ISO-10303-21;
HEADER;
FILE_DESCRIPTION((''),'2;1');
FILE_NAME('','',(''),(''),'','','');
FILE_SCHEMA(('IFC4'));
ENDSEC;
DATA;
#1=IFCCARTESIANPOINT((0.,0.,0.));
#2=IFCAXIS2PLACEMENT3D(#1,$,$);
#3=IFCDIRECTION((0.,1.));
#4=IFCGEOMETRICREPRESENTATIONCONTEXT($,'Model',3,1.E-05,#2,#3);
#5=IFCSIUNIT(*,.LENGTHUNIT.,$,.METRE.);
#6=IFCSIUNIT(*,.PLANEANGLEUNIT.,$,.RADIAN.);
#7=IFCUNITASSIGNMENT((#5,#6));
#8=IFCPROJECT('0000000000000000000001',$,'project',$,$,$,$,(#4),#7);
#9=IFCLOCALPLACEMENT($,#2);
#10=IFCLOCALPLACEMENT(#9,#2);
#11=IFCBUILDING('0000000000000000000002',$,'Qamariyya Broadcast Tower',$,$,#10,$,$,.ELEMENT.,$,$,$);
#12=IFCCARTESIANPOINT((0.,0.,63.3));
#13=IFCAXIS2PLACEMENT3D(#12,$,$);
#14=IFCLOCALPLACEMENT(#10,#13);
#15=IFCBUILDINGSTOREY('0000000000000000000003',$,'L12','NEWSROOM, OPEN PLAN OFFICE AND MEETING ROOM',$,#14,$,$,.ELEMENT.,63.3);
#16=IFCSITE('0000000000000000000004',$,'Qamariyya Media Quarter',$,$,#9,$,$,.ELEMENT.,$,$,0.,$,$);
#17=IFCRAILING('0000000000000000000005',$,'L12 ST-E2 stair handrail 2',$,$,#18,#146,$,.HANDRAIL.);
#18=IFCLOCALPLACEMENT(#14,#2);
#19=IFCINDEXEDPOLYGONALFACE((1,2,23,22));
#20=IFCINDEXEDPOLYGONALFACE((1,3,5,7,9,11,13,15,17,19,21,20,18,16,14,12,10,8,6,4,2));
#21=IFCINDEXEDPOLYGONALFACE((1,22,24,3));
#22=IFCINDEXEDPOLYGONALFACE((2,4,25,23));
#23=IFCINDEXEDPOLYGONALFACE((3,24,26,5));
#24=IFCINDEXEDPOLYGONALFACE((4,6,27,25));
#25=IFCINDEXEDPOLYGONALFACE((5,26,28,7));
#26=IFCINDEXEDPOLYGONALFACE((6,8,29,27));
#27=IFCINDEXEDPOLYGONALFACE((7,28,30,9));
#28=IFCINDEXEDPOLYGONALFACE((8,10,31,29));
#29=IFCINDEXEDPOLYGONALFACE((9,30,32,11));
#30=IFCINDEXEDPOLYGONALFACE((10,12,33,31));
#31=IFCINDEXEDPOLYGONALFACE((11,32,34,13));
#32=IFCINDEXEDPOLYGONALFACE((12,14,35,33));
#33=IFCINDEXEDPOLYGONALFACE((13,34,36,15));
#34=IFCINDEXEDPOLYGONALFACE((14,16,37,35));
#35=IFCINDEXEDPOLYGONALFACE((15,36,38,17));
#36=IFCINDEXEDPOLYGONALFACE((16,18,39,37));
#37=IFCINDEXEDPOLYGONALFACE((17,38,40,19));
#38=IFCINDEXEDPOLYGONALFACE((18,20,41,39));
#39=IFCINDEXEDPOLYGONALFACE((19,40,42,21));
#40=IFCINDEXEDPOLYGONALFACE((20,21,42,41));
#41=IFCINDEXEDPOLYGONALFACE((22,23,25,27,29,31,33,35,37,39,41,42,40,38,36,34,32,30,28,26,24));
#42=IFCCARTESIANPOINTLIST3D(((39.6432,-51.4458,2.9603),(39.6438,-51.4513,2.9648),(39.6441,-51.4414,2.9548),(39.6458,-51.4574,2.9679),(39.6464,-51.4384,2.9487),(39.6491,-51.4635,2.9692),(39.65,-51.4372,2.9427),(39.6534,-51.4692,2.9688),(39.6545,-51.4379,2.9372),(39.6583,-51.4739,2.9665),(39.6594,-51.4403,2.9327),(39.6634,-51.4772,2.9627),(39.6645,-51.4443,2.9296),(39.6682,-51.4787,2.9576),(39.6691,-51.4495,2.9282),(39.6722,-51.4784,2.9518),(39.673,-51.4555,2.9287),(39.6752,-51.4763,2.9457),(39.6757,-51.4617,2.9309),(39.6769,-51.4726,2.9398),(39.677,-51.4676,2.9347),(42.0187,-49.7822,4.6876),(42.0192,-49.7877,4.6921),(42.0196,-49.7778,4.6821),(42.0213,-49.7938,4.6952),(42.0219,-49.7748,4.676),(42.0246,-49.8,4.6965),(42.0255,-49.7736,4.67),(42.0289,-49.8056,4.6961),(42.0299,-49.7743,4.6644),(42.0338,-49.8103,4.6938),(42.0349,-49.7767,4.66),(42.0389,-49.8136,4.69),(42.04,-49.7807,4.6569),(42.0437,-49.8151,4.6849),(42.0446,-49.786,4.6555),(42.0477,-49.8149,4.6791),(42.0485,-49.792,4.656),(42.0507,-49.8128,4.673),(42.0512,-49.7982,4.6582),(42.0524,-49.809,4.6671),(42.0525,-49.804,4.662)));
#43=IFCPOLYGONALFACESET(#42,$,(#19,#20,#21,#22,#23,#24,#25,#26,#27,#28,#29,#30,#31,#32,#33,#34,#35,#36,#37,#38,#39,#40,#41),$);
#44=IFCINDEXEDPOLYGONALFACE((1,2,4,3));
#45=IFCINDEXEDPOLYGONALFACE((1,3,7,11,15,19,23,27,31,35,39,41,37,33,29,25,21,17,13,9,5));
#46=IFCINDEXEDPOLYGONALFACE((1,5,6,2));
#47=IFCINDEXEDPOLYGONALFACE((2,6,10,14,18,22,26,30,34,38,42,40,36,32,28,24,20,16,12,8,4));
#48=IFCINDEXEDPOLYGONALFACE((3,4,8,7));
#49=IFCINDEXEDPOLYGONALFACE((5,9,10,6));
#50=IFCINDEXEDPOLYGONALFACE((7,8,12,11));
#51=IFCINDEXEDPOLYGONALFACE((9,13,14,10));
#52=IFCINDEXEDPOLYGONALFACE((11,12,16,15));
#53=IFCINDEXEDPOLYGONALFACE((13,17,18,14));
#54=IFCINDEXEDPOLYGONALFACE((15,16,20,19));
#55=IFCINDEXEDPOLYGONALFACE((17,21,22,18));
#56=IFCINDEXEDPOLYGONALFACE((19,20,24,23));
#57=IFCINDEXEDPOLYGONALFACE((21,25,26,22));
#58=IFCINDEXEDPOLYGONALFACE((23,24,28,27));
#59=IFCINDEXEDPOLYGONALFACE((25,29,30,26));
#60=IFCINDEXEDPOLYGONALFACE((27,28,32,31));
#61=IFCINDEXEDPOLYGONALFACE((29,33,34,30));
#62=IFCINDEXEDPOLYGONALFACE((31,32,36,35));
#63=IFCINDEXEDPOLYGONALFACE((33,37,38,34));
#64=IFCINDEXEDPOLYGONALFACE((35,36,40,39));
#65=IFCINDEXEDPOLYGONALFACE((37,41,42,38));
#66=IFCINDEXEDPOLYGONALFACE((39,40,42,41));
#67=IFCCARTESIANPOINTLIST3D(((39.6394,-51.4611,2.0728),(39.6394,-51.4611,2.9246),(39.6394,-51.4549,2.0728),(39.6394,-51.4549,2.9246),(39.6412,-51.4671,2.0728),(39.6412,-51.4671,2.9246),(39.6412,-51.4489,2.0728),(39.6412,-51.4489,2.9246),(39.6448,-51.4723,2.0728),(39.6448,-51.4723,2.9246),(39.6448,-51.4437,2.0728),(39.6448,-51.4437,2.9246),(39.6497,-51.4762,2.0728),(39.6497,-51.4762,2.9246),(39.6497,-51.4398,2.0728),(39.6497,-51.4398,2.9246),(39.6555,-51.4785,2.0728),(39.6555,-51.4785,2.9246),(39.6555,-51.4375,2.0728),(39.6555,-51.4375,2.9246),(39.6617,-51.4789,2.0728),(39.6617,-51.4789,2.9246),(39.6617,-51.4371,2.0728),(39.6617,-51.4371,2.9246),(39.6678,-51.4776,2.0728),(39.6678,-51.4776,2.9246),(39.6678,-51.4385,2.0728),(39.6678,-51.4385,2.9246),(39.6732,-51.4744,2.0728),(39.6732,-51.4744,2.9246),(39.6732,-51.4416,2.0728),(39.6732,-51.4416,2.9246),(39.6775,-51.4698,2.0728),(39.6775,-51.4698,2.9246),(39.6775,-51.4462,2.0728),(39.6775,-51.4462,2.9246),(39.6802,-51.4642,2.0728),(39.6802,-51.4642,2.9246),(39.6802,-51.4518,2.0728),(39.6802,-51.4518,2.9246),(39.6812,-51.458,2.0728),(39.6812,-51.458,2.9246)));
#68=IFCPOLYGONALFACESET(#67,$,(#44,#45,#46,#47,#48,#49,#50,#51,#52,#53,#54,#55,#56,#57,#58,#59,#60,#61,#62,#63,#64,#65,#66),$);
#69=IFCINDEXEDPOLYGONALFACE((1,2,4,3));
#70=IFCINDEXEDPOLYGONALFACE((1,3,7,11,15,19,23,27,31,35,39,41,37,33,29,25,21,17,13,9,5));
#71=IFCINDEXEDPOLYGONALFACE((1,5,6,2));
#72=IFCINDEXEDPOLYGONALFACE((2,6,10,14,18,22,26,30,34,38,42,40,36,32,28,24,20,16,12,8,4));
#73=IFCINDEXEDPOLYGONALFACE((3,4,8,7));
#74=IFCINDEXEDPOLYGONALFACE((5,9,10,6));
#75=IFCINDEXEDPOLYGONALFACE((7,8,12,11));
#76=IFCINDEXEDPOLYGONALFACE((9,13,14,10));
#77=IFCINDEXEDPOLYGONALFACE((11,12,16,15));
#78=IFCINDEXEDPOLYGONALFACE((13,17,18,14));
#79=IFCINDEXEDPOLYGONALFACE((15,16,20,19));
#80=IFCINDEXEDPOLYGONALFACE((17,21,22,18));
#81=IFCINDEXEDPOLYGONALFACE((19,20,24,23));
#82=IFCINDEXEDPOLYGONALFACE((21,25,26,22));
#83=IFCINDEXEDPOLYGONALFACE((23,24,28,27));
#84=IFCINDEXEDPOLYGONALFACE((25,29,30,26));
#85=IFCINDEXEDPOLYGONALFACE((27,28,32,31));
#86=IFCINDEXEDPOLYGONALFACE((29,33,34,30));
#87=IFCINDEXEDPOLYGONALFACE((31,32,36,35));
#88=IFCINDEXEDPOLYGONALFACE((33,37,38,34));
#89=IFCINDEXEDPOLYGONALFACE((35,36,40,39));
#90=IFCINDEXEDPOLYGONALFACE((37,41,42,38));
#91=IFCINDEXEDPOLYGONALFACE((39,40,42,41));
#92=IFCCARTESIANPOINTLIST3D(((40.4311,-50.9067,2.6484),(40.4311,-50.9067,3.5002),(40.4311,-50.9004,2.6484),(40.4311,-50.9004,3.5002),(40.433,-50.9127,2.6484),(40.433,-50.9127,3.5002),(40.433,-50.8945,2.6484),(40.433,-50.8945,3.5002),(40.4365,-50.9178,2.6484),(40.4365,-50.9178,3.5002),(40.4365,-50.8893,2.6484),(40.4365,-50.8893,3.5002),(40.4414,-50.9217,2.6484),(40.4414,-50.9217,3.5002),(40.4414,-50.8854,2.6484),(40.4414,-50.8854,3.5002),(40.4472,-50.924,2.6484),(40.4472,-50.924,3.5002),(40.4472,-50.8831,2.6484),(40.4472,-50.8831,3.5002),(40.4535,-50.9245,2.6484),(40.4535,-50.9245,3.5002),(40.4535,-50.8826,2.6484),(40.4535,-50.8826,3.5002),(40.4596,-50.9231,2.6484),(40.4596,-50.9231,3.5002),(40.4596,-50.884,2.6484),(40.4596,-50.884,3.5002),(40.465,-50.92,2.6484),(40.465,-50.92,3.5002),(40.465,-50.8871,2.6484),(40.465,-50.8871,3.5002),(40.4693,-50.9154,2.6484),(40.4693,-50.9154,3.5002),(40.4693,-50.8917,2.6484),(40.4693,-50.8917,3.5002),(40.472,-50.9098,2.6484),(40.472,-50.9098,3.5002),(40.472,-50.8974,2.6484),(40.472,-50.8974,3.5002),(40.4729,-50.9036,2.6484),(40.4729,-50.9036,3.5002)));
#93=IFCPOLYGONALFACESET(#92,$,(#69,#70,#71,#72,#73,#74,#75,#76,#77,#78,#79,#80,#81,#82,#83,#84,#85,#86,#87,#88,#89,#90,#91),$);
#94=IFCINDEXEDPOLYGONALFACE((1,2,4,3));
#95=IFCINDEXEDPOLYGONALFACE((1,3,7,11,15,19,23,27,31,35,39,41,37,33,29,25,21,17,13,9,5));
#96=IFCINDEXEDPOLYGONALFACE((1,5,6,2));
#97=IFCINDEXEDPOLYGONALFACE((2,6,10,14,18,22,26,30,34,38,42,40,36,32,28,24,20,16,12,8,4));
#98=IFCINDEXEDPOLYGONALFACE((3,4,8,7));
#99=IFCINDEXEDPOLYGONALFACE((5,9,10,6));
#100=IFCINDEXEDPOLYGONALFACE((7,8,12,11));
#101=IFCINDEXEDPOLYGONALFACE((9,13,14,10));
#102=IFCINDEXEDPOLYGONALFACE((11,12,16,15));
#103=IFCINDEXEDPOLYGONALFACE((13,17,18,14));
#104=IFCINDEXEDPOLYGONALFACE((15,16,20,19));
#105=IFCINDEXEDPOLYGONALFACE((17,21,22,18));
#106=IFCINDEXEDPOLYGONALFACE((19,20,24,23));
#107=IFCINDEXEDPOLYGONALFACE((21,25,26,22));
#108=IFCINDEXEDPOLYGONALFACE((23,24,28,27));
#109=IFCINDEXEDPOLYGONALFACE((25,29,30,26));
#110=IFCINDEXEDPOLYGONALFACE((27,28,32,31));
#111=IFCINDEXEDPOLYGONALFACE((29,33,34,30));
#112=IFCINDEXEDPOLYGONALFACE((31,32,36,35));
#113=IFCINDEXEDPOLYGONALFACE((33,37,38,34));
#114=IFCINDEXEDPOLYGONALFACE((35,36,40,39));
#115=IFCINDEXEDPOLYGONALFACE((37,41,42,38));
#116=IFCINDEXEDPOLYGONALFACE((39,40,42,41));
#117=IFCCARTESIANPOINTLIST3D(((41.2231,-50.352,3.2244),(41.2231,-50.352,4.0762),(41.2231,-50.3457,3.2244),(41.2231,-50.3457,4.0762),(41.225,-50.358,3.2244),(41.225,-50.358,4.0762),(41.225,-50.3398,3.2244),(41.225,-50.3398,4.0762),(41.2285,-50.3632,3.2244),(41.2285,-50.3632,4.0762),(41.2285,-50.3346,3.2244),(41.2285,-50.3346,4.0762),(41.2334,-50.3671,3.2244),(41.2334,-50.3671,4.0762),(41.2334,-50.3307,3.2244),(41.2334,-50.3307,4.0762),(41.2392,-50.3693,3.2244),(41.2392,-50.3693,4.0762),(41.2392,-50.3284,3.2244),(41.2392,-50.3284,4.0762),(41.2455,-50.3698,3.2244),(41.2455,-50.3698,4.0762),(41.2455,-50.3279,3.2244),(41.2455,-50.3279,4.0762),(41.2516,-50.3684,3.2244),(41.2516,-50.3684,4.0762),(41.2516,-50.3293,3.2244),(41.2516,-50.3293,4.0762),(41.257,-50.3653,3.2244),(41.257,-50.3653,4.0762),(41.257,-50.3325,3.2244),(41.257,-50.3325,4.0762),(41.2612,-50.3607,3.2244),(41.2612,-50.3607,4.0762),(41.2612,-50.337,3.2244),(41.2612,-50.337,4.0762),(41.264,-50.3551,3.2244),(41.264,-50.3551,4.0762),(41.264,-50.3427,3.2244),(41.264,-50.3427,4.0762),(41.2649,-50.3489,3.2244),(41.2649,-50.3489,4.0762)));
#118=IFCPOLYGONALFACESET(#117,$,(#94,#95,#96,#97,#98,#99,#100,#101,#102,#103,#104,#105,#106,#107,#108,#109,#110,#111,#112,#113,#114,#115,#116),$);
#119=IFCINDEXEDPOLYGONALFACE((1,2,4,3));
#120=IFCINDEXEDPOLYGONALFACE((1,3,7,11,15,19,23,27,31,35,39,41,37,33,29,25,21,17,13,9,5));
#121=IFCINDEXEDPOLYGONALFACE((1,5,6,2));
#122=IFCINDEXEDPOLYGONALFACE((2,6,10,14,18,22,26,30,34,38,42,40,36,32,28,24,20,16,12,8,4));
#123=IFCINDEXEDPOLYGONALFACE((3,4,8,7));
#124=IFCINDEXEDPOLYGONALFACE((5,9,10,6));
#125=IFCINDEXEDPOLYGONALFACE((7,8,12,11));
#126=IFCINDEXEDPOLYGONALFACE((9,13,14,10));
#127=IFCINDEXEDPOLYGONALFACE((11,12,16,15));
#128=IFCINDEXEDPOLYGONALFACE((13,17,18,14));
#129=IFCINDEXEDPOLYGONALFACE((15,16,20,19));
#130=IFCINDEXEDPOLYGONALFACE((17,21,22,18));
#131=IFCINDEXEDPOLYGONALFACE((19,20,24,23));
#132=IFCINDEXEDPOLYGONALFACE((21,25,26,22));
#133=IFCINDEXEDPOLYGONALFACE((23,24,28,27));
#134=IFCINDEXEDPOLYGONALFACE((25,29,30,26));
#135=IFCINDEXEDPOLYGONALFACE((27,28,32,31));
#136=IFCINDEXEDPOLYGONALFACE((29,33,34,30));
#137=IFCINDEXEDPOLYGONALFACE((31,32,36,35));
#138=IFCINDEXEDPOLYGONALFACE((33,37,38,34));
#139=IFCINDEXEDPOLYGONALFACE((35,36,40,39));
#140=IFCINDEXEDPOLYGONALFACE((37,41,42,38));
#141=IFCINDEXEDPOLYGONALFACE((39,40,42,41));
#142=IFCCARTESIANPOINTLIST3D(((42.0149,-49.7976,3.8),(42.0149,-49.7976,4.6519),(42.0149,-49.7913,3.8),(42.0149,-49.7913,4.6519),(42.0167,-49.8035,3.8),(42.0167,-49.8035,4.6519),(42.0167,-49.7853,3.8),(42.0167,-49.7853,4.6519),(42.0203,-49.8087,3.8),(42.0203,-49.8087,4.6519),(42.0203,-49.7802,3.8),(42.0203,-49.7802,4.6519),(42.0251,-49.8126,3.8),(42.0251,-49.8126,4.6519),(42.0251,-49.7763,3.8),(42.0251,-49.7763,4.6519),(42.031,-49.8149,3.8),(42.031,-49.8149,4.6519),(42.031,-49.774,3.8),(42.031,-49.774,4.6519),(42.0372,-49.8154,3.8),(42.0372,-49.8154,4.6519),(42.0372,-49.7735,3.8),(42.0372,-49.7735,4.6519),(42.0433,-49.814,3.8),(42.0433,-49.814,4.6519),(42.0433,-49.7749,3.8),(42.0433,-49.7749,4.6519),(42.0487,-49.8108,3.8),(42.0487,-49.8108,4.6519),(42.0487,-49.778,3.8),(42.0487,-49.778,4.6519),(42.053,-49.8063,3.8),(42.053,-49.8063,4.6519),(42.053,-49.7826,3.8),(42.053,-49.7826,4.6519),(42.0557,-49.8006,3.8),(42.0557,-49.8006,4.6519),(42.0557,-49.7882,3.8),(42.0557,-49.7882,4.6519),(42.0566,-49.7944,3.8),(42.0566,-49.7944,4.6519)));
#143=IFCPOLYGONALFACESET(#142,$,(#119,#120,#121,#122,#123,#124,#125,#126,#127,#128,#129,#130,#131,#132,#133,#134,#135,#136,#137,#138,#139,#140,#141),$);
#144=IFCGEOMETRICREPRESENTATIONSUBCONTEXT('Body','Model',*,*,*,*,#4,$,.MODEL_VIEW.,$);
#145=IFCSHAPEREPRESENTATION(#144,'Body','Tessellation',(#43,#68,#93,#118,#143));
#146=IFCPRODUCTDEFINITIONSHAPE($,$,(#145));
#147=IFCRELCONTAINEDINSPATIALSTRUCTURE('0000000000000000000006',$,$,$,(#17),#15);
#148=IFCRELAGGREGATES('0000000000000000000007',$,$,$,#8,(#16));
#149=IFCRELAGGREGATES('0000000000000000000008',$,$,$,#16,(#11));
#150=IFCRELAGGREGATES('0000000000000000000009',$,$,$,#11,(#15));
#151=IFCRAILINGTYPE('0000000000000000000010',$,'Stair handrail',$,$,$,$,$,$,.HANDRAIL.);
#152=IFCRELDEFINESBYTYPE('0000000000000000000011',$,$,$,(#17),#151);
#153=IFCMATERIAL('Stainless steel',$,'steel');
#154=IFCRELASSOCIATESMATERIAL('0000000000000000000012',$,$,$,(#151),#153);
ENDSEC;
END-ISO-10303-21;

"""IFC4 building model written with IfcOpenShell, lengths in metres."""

from ifc_helpers import new_model, si_unit, direction, frame, origin, origin_2d, place, context, subcontext, project, spatial, circle, extrude, material, type_object, element, save


model = new_model("IFC4")

# Units and contexts
model_context = context("Model", 3, precision=1e-05, world=origin(), true_north=direction((0.0, 1.0)))
body_context = subcontext(model_context, "Body", "Model", "MODEL_VIEW")
ifc_project = project(units=[si_unit("LENGTHUNIT", "METRE"), si_unit("PLANEANGLEUNIT", "RADIAN")], contexts=[model_context])

# Site, building, storey
site_placement = place(None, origin())
site = spatial("IfcSite", under=ifc_project, at=site_placement, Name="Qamariyya Media Quarter", CompositionType="ELEMENT", RefElevation=0.0)
building_placement = place(site_placement, origin())
building = spatial("IfcBuilding", under=site, at=building_placement, Name="Qamariyya Broadcast Tower", CompositionType="ELEMENT")
storey_placement = place(building_placement, frame((0.0, 0.0, 63.3)))
storey = spatial("IfcBuildingStorey", under=building, at=storey_placement, Name="L12", Description="NEWSROOM, OPEN PLAN OFFICE AND MEETING ROOM", CompositionType="ELEMENT", Elevation=63.3)

# Railing
ifc_material_1 = material(Name="Stainless steel", Category="steel")
railing_type_1 = type_object("IfcRailingType", Name="Stair handrail", PredefinedType="HANDRAIL", material=ifc_material_1)
railing_1_placement = place(storey_placement, frame((39.6602, -51.458, 2.0728)))
element("IfcRailing", 1, at=railing_1_placement, inside=storey, type_object=railing_type_1, Name="L12 ST-E2 stair handrail 2", PredefinedType="HANDRAIL", context=body_context, shape_type="SweptSolid", body=[
    extrude(circle(Radius=0.0239, at=origin_2d()), frame((0.0, 0.0, 0.876), z_axis=(0.703745, 0.492838, 0.511716), x_axis=(-0.573632, 0.819113, 0.0)), (0.0, 0.0, 1.0), 3.3755),
    extrude(circle(Radius=0.021, at=origin_2d()), origin(), (0.0, 0.0, 1.0), 0.8518),
    extrude(circle(Radius=0.021, at=origin_2d()), frame((0.7917, 0.5544, 0.5757)), (0.0, 0.0, 1.0), 0.8518),
    extrude(circle(Radius=0.021, at=origin_2d()), frame((1.5837, 1.1091, 1.1516)), (0.0, 0.0, 1.0), 0.8518),
    extrude(circle(Radius=0.021, at=origin_2d()), frame((2.3755, 1.6636, 1.7273)), (0.0, 0.0, 1.0), 0.8518),
])

save(model, "model.ifc")
